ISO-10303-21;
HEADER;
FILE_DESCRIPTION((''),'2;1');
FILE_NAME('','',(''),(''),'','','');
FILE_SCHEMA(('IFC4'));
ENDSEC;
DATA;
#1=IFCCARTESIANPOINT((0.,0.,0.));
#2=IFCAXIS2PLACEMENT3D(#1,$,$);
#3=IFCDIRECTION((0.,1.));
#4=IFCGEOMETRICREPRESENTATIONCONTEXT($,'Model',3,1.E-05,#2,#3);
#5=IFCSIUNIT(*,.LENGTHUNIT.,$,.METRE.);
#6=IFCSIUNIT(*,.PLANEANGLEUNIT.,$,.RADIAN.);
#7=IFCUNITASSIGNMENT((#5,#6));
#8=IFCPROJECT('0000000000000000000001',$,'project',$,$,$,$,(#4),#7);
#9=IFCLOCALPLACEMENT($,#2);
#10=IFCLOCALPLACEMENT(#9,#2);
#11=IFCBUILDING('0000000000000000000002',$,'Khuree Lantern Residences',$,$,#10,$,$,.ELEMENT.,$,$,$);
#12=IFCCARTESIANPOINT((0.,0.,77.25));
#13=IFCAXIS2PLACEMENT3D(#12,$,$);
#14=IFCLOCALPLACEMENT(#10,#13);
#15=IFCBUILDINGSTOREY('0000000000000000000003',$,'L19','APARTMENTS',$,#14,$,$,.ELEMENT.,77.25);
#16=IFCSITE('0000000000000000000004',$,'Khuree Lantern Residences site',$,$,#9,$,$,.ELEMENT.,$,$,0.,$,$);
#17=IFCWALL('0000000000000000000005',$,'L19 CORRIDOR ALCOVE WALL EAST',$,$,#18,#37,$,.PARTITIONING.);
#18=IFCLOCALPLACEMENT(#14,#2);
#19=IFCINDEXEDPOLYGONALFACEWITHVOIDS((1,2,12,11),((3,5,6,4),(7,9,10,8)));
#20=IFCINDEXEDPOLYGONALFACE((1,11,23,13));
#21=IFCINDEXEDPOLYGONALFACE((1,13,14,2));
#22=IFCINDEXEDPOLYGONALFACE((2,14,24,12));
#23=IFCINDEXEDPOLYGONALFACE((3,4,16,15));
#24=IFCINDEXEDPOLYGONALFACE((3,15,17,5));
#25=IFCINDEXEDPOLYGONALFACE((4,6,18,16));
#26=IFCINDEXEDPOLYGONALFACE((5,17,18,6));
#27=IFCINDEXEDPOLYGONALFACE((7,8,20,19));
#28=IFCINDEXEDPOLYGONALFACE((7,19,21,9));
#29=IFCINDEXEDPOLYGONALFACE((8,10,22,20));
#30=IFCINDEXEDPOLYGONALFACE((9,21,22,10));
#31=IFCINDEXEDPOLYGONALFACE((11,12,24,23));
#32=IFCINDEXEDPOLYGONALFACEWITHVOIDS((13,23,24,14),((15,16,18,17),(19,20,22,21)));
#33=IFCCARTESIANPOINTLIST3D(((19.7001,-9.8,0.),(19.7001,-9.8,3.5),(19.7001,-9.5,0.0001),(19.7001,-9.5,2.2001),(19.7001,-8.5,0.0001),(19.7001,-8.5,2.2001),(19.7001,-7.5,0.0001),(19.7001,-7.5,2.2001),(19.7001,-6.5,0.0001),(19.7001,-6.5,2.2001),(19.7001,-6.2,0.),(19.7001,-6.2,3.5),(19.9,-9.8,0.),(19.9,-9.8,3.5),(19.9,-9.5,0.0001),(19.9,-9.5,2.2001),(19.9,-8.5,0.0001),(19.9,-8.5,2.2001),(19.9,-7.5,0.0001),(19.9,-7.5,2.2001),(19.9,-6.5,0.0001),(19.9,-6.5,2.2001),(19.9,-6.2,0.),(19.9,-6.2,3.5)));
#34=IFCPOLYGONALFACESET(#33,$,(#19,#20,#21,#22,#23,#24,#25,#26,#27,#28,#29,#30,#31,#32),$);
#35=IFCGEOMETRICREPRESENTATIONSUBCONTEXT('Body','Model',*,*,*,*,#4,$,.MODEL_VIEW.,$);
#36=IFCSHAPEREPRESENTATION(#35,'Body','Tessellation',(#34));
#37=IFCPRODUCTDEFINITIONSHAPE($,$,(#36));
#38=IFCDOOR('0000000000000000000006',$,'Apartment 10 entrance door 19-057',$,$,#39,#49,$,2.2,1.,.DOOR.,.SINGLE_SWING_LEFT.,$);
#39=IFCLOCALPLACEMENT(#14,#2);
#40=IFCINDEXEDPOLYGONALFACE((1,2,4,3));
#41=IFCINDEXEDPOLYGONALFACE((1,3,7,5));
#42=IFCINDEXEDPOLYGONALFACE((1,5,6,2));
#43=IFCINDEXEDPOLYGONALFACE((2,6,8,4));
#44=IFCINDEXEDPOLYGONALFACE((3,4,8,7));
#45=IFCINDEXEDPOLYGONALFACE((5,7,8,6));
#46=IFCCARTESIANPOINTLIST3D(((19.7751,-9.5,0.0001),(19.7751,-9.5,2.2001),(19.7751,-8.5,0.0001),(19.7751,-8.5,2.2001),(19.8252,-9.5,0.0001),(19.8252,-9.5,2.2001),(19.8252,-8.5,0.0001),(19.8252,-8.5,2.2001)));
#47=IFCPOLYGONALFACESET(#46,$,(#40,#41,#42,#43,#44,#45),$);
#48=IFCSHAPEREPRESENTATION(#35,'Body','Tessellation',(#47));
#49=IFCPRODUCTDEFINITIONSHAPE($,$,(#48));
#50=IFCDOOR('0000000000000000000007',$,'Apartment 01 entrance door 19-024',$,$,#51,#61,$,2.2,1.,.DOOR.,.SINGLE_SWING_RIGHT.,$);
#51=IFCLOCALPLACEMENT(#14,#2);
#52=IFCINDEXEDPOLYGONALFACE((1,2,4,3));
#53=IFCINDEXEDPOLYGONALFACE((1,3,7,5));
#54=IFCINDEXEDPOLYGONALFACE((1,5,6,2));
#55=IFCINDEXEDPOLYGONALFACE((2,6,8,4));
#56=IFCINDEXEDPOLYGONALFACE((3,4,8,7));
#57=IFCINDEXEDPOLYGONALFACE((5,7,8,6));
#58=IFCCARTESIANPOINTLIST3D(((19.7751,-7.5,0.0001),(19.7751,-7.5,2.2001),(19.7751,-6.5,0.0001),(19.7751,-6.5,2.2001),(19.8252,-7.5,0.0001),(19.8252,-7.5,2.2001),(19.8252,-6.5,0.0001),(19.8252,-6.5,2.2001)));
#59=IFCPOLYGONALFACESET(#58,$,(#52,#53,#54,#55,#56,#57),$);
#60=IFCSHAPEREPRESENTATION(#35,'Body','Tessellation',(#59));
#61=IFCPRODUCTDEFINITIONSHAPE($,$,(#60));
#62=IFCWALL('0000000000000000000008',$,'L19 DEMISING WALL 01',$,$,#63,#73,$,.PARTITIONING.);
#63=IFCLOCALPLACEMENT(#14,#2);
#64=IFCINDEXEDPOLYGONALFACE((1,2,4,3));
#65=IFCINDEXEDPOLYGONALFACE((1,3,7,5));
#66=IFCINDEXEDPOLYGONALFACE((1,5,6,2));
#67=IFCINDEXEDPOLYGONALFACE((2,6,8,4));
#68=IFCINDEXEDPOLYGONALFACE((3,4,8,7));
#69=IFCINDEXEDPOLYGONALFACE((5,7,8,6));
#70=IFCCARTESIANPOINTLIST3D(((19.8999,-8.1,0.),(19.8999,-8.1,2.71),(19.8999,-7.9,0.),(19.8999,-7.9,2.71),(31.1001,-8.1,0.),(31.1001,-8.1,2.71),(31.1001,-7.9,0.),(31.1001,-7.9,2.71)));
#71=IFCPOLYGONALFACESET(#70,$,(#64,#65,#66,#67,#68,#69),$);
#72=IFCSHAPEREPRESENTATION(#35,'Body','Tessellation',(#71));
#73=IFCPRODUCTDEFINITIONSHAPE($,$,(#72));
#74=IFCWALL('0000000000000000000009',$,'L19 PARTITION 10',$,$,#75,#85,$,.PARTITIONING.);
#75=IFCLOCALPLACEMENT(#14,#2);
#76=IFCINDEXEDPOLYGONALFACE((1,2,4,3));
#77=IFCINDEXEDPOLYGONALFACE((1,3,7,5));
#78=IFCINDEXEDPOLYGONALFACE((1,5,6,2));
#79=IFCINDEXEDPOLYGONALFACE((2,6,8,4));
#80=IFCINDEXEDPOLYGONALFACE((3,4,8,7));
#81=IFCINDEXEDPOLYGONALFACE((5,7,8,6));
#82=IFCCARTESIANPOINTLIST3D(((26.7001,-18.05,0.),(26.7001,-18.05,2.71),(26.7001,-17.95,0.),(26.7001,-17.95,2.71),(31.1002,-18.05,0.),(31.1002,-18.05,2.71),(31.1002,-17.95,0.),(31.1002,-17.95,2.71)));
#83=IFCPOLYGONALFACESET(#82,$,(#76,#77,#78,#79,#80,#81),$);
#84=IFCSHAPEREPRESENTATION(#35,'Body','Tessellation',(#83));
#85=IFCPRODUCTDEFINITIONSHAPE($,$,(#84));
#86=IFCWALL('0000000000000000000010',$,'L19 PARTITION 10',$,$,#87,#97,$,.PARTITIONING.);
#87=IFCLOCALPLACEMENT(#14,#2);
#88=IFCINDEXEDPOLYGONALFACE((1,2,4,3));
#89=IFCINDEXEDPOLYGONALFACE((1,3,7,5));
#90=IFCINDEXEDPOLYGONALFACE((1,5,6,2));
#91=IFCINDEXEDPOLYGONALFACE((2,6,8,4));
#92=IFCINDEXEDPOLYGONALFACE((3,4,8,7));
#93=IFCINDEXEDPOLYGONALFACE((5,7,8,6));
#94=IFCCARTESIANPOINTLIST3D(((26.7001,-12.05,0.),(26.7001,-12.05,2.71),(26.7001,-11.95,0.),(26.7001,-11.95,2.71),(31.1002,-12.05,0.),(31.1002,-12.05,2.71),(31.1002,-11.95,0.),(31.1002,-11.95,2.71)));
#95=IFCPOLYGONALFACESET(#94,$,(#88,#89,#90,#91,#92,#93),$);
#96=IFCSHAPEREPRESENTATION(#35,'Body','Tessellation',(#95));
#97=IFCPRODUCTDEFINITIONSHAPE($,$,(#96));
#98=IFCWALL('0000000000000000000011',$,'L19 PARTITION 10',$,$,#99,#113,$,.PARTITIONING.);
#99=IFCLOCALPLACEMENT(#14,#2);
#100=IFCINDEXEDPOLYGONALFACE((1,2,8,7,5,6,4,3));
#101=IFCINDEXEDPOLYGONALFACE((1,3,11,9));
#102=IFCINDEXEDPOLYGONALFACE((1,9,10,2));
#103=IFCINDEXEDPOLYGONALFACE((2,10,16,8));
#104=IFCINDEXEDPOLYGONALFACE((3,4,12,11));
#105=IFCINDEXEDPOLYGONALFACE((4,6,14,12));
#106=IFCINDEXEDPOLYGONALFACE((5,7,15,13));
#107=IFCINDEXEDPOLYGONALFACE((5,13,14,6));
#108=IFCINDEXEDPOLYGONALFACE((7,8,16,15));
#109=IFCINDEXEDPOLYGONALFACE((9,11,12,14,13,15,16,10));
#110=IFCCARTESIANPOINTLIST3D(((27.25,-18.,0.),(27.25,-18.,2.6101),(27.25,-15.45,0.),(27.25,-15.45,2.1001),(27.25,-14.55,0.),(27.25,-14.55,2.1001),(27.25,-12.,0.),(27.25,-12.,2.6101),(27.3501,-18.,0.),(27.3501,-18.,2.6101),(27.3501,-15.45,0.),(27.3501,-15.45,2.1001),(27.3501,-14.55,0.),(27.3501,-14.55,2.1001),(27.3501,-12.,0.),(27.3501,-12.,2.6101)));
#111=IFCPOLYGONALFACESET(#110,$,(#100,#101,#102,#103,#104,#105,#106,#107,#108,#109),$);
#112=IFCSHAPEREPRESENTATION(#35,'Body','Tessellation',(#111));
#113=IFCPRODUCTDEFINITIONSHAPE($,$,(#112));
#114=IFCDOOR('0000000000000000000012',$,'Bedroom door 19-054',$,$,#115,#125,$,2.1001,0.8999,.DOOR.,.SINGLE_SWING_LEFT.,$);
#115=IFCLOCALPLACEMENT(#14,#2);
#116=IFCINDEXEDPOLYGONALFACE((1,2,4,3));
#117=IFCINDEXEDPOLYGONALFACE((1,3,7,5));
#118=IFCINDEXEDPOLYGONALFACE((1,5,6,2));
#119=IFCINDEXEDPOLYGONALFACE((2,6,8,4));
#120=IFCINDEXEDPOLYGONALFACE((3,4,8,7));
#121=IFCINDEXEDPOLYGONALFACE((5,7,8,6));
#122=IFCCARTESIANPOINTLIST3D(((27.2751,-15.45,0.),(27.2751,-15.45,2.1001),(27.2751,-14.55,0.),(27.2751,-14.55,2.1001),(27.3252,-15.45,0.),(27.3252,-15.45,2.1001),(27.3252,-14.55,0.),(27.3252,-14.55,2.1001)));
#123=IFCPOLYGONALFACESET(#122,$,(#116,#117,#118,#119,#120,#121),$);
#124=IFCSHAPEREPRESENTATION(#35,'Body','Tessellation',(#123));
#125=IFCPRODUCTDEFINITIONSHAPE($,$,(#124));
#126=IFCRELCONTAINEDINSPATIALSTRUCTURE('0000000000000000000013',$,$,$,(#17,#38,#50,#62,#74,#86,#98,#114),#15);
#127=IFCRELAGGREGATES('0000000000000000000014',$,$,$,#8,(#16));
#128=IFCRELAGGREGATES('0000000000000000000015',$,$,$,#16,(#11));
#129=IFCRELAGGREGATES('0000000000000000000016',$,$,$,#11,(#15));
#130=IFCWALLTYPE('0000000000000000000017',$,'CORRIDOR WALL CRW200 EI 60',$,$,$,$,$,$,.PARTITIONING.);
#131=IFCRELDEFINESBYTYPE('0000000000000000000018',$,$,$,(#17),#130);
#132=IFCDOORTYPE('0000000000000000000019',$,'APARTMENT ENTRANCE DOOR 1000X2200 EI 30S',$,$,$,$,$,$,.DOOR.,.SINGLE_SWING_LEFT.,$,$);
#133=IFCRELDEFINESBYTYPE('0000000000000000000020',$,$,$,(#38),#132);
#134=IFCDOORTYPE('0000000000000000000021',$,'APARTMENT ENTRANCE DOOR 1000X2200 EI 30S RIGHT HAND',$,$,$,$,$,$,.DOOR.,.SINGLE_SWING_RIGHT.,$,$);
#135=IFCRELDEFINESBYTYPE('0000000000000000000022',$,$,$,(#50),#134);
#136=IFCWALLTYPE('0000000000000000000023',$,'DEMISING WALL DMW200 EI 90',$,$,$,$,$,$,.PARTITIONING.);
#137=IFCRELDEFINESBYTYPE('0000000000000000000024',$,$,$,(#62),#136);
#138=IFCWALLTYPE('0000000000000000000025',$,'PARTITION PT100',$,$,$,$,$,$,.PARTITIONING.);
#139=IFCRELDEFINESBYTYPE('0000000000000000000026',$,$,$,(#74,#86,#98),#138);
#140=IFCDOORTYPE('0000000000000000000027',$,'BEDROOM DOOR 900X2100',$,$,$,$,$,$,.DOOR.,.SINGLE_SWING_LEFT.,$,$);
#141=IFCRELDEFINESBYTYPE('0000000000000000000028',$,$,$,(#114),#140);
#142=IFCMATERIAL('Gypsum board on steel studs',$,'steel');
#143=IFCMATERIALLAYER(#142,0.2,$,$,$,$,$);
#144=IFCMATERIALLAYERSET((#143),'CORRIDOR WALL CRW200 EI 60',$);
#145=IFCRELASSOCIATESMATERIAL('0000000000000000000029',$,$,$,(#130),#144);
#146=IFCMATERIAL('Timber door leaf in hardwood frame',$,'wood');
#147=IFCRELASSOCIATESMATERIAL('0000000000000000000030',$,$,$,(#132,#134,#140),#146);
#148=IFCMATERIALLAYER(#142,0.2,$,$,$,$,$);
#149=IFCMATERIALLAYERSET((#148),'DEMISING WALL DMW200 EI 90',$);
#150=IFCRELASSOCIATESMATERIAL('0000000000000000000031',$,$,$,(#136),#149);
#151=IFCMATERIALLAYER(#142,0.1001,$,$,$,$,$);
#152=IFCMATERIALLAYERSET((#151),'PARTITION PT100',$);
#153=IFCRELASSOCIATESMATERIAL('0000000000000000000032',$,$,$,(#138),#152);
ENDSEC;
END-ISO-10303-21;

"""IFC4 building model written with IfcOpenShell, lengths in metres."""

from ifc_helpers import new_model, si_unit, direction, frame, frame_2d, origin, place, context, subcontext, project, spatial, rectangle, extrude, material, layer, layer_set, type_object, element, fill, save


model = new_model("IFC4")

# Units and contexts
model_context = context("Model", 3, precision=1e-05, world=origin(), true_north=direction((0.0, 1.0)))
body_context = subcontext(model_context, "Body", "Model", "MODEL_VIEW")
ifc_project = project(units=[si_unit("LENGTHUNIT", "METRE"), si_unit("PLANEANGLEUNIT", "RADIAN")], contexts=[model_context])

# Site, building, storey
site_placement = place(None, origin())
site = spatial("IfcSite", under=ifc_project, at=site_placement, Name="Khuree Lantern Residences site", CompositionType="ELEMENT", RefElevation=0.0)
building_placement = place(site_placement, origin())
building = spatial("IfcBuilding", under=site, at=building_placement, Name="Khuree Lantern Residences", CompositionType="ELEMENT")
storey_placement = place(building_placement, frame((0.0, 0.0, 77.25)))
storey = spatial("IfcBuildingStorey", under=building, at=storey_placement, Name="L19", Description="APARTMENTS", CompositionType="ELEMENT", Elevation=77.25)

# Shared definitions
ifc_material_1 = material(Name="Timber door leaf in hardwood frame", Category="wood")

# Wall, openings, doors
ifc_material_2 = material(Name="Gypsum board on steel studs", Category="steel")
ifc_layer_1 = layer(ifc_material_2, 0.2)
ifc_layer_set_1 = layer_set([ifc_layer_1], Name="CORRIDOR WALL CRW200 EI 60")
wall_type_1 = type_object("IfcWallType", Name="CORRIDOR WALL CRW200 EI 60", PredefinedType="PARTITIONING", material=ifc_layer_set_1)
wall_1_placement = place(storey_placement, frame((19.8, -9.8, 0.0), z_axis=(0.0, 0.0, 1.0), x_axis=(0.0, 1.0, 0.0)))
wall_1 = element("IfcWall", 1, at=wall_1_placement, inside=storey, type_object=wall_type_1, Name="L19 CORRIDOR ALCOVE WALL EAST", PredefinedType="PARTITIONING", context=body_context, shape_type="SweptSolid", body=[
    extrude(rectangle(XDim=3.6001, YDim=0.2, at=frame_2d((1.8, 0.0))), origin(), (0.0, 0.0, 1.0), 3.5),
])
opening_1_placement = place(wall_1_placement, frame((2.3, 0.0, 0.0)))
opening_1 = element("IfcOpeningElement", 2, at=opening_1_placement, cuts=wall_1, PredefinedType="OPENING", context=body_context, shape_type="SweptSolid", body=[
    extrude(rectangle(XDim=1.0, YDim=2.2, at=frame_2d((0.5, 1.1001))), frame((0.0, 0.1099, 0.0), z_axis=(0.0, -1.0, 0.0), x_axis=(1.0, 0.0, 0.0)), (0.0, 0.0, 1.0), 0.22),
])
opening_2_placement = place(wall_1_placement, frame((0.3, 0.0, 0.0)))
opening_2 = element("IfcOpeningElement", 3, at=opening_2_placement, cuts=wall_1, PredefinedType="OPENING", context=body_context, shape_type="SweptSolid", body=[
    extrude(rectangle(XDim=1.0, YDim=2.2, at=frame_2d((0.5, 1.1001))), frame((0.0, 0.1099, 0.0), z_axis=(0.0, -1.0, 0.0), x_axis=(1.0, 0.0, 0.0)), (0.0, 0.0, 1.0), 0.22),
])
door_type_1 = type_object("IfcDoorType", Name="APARTMENT ENTRANCE DOOR 1000X2200 EI 30S", OperationType="SINGLE_SWING_LEFT", PredefinedType="DOOR", material=ifc_material_1)
door_1_placement = place(opening_2_placement, origin())
door_1 = element("IfcDoor", 4, at=door_1_placement, inside=storey, type_object=door_type_1, Name="Apartment 10 entrance door 19-057", OperationType="SINGLE_SWING_LEFT", OverallHeight=2.2, OverallWidth=1.0, PredefinedType="DOOR", context=body_context, shape_type="SweptSolid", body=[
    extrude(rectangle(XDim=1.0, YDim=2.2, at=frame_2d((0.5, 1.1001))), frame((0.0, 0.0249, 0.0), z_axis=(0.0, -1.0, 0.0), x_axis=(1.0, 0.0, 0.0)), (0.0, 0.0, 1.0), 0.05),
])
fill(opening_2, door_1)
door_type_2 = type_object("IfcDoorType", Name="APARTMENT ENTRANCE DOOR 1000X2200 EI 30S RIGHT HAND", OperationType="SINGLE_SWING_RIGHT", PredefinedType="DOOR", material=ifc_material_1)
door_2_placement = place(opening_1_placement, origin())
door_2 = element("IfcDoor", 5, at=door_2_placement, inside=storey, type_object=door_type_2, Name="Apartment 01 entrance door 19-024", OperationType="SINGLE_SWING_RIGHT", OverallHeight=2.2, OverallWidth=1.0, PredefinedType="DOOR", context=body_context, shape_type="SweptSolid", body=[
    extrude(rectangle(XDim=1.0, YDim=2.2, at=frame_2d((0.5, 1.1001))), frame((0.0, 0.0249, 0.0), z_axis=(0.0, -1.0, 0.0), x_axis=(1.0, 0.0, 0.0)), (0.0, 0.0, 1.0), 0.05),
])
fill(opening_1, door_2)

# Walls
ifc_layer_2 = layer(ifc_material_2, 0.2)
ifc_layer_set_2 = layer_set([ifc_layer_2], Name="DEMISING WALL DMW200 EI 90")
wall_type_2 = type_object("IfcWallType", Name="DEMISING WALL DMW200 EI 90", PredefinedType="PARTITIONING", material=ifc_layer_set_2)
wall_2_placement = place(storey_placement, frame((19.8999, -8.0, 0.0), z_axis=(0.0, 0.0, 1.0), x_axis=(1.0, 0.0, 0.0)))
element("IfcWall", 6, at=wall_2_placement, inside=storey, type_object=wall_type_2, Name="L19 DEMISING WALL 01", PredefinedType="PARTITIONING", context=body_context, shape_type="SweptSolid", body=[
    extrude(rectangle(XDim=11.2002, YDim=0.2, at=frame_2d((5.6001, 0.0))), origin(), (0.0, 0.0, 1.0), 2.71),
])
ifc_layer_3 = layer(ifc_material_2, 0.1001)
ifc_layer_set_3 = layer_set([ifc_layer_3], Name="PARTITION PT100")
wall_type_3 = type_object("IfcWallType", Name="PARTITION PT100", PredefinedType="PARTITIONING", material=ifc_layer_set_3)
for number, where, z_axis, x_axis, name in (
    (7, (26.7, -18.0, 0.0), (0.0, 0.0, 1.0), (1.0, 0.0, 0.0), "L19 PARTITION 10"),
    (8, (26.7, -12.0, 0.0), (0.0, 0.0, 1.0), (1.0, 0.0, 0.0), "L19 PARTITION 10"),
):
    element("IfcWall", number, at=place(storey_placement, frame(where, z_axis=z_axis, x_axis=x_axis)), inside=storey, type_object=wall_type_3, Name=name, PredefinedType="PARTITIONING", context=body_context, shape_type="SweptSolid", body=[
        extrude(rectangle(XDim=4.4001, YDim=0.1001, at=frame_2d((2.2002, 0.0))), origin(), (0.0, 0.0, 1.0), 2.71),
    ])

# Wall, opening, door
wall_3_placement = place(storey_placement, frame((27.3, -18.0, 0.0), z_axis=(0.0, 0.0, 1.0), x_axis=(0.0, 1.0, 0.0)))
wall_3 = element("IfcWall", 9, at=wall_3_placement, inside=storey, type_object=wall_type_3, Name="L19 PARTITION 10", PredefinedType="PARTITIONING", context=body_context, shape_type="SweptSolid", body=[
    extrude(rectangle(XDim=6.0, YDim=0.1001, at=frame_2d((3.0, 0.0))), origin(), (0.0, 0.0, 1.0), 2.6101),
])
opening_3_placement = place(wall_3_placement, frame((2.55, 0.0, 0.0)))
opening_3 = element("IfcOpeningElement", 10, at=opening_3_placement, cuts=wall_3, PredefinedType="OPENING", context=body_context, shape_type="SweptSolid", body=[
    extrude(rectangle(XDim=0.8999, YDim=2.1001, at=frame_2d((0.45, 1.05))), frame((0.0, 0.0601, 0.0), z_axis=(0.0, -1.0, 0.0), x_axis=(1.0, 0.0, 0.0)), (0.0, 0.0, 1.0), 0.1201),
])
door_type_3 = type_object("IfcDoorType", Name="BEDROOM DOOR 900X2100", OperationType="SINGLE_SWING_LEFT", PredefinedType="DOOR", material=ifc_material_1)
door_3_placement = place(opening_3_placement, origin())
door_3 = element("IfcDoor", 11, at=door_3_placement, inside=storey, type_object=door_type_3, Name="Bedroom door 19-054", OperationType="SINGLE_SWING_LEFT", OverallHeight=2.1001, OverallWidth=0.8999, PredefinedType="DOOR", context=body_context, shape_type="SweptSolid", body=[
    extrude(rectangle(XDim=0.8999, YDim=2.1001, at=frame_2d((0.45, 1.05))), frame((0.0, 0.0249, 0.0), z_axis=(0.0, -1.0, 0.0), x_axis=(1.0, 0.0, 0.0)), (0.0, 0.0, 1.0), 0.05),
])
fill(opening_3, door_3)

save(model, "model.ifc")
